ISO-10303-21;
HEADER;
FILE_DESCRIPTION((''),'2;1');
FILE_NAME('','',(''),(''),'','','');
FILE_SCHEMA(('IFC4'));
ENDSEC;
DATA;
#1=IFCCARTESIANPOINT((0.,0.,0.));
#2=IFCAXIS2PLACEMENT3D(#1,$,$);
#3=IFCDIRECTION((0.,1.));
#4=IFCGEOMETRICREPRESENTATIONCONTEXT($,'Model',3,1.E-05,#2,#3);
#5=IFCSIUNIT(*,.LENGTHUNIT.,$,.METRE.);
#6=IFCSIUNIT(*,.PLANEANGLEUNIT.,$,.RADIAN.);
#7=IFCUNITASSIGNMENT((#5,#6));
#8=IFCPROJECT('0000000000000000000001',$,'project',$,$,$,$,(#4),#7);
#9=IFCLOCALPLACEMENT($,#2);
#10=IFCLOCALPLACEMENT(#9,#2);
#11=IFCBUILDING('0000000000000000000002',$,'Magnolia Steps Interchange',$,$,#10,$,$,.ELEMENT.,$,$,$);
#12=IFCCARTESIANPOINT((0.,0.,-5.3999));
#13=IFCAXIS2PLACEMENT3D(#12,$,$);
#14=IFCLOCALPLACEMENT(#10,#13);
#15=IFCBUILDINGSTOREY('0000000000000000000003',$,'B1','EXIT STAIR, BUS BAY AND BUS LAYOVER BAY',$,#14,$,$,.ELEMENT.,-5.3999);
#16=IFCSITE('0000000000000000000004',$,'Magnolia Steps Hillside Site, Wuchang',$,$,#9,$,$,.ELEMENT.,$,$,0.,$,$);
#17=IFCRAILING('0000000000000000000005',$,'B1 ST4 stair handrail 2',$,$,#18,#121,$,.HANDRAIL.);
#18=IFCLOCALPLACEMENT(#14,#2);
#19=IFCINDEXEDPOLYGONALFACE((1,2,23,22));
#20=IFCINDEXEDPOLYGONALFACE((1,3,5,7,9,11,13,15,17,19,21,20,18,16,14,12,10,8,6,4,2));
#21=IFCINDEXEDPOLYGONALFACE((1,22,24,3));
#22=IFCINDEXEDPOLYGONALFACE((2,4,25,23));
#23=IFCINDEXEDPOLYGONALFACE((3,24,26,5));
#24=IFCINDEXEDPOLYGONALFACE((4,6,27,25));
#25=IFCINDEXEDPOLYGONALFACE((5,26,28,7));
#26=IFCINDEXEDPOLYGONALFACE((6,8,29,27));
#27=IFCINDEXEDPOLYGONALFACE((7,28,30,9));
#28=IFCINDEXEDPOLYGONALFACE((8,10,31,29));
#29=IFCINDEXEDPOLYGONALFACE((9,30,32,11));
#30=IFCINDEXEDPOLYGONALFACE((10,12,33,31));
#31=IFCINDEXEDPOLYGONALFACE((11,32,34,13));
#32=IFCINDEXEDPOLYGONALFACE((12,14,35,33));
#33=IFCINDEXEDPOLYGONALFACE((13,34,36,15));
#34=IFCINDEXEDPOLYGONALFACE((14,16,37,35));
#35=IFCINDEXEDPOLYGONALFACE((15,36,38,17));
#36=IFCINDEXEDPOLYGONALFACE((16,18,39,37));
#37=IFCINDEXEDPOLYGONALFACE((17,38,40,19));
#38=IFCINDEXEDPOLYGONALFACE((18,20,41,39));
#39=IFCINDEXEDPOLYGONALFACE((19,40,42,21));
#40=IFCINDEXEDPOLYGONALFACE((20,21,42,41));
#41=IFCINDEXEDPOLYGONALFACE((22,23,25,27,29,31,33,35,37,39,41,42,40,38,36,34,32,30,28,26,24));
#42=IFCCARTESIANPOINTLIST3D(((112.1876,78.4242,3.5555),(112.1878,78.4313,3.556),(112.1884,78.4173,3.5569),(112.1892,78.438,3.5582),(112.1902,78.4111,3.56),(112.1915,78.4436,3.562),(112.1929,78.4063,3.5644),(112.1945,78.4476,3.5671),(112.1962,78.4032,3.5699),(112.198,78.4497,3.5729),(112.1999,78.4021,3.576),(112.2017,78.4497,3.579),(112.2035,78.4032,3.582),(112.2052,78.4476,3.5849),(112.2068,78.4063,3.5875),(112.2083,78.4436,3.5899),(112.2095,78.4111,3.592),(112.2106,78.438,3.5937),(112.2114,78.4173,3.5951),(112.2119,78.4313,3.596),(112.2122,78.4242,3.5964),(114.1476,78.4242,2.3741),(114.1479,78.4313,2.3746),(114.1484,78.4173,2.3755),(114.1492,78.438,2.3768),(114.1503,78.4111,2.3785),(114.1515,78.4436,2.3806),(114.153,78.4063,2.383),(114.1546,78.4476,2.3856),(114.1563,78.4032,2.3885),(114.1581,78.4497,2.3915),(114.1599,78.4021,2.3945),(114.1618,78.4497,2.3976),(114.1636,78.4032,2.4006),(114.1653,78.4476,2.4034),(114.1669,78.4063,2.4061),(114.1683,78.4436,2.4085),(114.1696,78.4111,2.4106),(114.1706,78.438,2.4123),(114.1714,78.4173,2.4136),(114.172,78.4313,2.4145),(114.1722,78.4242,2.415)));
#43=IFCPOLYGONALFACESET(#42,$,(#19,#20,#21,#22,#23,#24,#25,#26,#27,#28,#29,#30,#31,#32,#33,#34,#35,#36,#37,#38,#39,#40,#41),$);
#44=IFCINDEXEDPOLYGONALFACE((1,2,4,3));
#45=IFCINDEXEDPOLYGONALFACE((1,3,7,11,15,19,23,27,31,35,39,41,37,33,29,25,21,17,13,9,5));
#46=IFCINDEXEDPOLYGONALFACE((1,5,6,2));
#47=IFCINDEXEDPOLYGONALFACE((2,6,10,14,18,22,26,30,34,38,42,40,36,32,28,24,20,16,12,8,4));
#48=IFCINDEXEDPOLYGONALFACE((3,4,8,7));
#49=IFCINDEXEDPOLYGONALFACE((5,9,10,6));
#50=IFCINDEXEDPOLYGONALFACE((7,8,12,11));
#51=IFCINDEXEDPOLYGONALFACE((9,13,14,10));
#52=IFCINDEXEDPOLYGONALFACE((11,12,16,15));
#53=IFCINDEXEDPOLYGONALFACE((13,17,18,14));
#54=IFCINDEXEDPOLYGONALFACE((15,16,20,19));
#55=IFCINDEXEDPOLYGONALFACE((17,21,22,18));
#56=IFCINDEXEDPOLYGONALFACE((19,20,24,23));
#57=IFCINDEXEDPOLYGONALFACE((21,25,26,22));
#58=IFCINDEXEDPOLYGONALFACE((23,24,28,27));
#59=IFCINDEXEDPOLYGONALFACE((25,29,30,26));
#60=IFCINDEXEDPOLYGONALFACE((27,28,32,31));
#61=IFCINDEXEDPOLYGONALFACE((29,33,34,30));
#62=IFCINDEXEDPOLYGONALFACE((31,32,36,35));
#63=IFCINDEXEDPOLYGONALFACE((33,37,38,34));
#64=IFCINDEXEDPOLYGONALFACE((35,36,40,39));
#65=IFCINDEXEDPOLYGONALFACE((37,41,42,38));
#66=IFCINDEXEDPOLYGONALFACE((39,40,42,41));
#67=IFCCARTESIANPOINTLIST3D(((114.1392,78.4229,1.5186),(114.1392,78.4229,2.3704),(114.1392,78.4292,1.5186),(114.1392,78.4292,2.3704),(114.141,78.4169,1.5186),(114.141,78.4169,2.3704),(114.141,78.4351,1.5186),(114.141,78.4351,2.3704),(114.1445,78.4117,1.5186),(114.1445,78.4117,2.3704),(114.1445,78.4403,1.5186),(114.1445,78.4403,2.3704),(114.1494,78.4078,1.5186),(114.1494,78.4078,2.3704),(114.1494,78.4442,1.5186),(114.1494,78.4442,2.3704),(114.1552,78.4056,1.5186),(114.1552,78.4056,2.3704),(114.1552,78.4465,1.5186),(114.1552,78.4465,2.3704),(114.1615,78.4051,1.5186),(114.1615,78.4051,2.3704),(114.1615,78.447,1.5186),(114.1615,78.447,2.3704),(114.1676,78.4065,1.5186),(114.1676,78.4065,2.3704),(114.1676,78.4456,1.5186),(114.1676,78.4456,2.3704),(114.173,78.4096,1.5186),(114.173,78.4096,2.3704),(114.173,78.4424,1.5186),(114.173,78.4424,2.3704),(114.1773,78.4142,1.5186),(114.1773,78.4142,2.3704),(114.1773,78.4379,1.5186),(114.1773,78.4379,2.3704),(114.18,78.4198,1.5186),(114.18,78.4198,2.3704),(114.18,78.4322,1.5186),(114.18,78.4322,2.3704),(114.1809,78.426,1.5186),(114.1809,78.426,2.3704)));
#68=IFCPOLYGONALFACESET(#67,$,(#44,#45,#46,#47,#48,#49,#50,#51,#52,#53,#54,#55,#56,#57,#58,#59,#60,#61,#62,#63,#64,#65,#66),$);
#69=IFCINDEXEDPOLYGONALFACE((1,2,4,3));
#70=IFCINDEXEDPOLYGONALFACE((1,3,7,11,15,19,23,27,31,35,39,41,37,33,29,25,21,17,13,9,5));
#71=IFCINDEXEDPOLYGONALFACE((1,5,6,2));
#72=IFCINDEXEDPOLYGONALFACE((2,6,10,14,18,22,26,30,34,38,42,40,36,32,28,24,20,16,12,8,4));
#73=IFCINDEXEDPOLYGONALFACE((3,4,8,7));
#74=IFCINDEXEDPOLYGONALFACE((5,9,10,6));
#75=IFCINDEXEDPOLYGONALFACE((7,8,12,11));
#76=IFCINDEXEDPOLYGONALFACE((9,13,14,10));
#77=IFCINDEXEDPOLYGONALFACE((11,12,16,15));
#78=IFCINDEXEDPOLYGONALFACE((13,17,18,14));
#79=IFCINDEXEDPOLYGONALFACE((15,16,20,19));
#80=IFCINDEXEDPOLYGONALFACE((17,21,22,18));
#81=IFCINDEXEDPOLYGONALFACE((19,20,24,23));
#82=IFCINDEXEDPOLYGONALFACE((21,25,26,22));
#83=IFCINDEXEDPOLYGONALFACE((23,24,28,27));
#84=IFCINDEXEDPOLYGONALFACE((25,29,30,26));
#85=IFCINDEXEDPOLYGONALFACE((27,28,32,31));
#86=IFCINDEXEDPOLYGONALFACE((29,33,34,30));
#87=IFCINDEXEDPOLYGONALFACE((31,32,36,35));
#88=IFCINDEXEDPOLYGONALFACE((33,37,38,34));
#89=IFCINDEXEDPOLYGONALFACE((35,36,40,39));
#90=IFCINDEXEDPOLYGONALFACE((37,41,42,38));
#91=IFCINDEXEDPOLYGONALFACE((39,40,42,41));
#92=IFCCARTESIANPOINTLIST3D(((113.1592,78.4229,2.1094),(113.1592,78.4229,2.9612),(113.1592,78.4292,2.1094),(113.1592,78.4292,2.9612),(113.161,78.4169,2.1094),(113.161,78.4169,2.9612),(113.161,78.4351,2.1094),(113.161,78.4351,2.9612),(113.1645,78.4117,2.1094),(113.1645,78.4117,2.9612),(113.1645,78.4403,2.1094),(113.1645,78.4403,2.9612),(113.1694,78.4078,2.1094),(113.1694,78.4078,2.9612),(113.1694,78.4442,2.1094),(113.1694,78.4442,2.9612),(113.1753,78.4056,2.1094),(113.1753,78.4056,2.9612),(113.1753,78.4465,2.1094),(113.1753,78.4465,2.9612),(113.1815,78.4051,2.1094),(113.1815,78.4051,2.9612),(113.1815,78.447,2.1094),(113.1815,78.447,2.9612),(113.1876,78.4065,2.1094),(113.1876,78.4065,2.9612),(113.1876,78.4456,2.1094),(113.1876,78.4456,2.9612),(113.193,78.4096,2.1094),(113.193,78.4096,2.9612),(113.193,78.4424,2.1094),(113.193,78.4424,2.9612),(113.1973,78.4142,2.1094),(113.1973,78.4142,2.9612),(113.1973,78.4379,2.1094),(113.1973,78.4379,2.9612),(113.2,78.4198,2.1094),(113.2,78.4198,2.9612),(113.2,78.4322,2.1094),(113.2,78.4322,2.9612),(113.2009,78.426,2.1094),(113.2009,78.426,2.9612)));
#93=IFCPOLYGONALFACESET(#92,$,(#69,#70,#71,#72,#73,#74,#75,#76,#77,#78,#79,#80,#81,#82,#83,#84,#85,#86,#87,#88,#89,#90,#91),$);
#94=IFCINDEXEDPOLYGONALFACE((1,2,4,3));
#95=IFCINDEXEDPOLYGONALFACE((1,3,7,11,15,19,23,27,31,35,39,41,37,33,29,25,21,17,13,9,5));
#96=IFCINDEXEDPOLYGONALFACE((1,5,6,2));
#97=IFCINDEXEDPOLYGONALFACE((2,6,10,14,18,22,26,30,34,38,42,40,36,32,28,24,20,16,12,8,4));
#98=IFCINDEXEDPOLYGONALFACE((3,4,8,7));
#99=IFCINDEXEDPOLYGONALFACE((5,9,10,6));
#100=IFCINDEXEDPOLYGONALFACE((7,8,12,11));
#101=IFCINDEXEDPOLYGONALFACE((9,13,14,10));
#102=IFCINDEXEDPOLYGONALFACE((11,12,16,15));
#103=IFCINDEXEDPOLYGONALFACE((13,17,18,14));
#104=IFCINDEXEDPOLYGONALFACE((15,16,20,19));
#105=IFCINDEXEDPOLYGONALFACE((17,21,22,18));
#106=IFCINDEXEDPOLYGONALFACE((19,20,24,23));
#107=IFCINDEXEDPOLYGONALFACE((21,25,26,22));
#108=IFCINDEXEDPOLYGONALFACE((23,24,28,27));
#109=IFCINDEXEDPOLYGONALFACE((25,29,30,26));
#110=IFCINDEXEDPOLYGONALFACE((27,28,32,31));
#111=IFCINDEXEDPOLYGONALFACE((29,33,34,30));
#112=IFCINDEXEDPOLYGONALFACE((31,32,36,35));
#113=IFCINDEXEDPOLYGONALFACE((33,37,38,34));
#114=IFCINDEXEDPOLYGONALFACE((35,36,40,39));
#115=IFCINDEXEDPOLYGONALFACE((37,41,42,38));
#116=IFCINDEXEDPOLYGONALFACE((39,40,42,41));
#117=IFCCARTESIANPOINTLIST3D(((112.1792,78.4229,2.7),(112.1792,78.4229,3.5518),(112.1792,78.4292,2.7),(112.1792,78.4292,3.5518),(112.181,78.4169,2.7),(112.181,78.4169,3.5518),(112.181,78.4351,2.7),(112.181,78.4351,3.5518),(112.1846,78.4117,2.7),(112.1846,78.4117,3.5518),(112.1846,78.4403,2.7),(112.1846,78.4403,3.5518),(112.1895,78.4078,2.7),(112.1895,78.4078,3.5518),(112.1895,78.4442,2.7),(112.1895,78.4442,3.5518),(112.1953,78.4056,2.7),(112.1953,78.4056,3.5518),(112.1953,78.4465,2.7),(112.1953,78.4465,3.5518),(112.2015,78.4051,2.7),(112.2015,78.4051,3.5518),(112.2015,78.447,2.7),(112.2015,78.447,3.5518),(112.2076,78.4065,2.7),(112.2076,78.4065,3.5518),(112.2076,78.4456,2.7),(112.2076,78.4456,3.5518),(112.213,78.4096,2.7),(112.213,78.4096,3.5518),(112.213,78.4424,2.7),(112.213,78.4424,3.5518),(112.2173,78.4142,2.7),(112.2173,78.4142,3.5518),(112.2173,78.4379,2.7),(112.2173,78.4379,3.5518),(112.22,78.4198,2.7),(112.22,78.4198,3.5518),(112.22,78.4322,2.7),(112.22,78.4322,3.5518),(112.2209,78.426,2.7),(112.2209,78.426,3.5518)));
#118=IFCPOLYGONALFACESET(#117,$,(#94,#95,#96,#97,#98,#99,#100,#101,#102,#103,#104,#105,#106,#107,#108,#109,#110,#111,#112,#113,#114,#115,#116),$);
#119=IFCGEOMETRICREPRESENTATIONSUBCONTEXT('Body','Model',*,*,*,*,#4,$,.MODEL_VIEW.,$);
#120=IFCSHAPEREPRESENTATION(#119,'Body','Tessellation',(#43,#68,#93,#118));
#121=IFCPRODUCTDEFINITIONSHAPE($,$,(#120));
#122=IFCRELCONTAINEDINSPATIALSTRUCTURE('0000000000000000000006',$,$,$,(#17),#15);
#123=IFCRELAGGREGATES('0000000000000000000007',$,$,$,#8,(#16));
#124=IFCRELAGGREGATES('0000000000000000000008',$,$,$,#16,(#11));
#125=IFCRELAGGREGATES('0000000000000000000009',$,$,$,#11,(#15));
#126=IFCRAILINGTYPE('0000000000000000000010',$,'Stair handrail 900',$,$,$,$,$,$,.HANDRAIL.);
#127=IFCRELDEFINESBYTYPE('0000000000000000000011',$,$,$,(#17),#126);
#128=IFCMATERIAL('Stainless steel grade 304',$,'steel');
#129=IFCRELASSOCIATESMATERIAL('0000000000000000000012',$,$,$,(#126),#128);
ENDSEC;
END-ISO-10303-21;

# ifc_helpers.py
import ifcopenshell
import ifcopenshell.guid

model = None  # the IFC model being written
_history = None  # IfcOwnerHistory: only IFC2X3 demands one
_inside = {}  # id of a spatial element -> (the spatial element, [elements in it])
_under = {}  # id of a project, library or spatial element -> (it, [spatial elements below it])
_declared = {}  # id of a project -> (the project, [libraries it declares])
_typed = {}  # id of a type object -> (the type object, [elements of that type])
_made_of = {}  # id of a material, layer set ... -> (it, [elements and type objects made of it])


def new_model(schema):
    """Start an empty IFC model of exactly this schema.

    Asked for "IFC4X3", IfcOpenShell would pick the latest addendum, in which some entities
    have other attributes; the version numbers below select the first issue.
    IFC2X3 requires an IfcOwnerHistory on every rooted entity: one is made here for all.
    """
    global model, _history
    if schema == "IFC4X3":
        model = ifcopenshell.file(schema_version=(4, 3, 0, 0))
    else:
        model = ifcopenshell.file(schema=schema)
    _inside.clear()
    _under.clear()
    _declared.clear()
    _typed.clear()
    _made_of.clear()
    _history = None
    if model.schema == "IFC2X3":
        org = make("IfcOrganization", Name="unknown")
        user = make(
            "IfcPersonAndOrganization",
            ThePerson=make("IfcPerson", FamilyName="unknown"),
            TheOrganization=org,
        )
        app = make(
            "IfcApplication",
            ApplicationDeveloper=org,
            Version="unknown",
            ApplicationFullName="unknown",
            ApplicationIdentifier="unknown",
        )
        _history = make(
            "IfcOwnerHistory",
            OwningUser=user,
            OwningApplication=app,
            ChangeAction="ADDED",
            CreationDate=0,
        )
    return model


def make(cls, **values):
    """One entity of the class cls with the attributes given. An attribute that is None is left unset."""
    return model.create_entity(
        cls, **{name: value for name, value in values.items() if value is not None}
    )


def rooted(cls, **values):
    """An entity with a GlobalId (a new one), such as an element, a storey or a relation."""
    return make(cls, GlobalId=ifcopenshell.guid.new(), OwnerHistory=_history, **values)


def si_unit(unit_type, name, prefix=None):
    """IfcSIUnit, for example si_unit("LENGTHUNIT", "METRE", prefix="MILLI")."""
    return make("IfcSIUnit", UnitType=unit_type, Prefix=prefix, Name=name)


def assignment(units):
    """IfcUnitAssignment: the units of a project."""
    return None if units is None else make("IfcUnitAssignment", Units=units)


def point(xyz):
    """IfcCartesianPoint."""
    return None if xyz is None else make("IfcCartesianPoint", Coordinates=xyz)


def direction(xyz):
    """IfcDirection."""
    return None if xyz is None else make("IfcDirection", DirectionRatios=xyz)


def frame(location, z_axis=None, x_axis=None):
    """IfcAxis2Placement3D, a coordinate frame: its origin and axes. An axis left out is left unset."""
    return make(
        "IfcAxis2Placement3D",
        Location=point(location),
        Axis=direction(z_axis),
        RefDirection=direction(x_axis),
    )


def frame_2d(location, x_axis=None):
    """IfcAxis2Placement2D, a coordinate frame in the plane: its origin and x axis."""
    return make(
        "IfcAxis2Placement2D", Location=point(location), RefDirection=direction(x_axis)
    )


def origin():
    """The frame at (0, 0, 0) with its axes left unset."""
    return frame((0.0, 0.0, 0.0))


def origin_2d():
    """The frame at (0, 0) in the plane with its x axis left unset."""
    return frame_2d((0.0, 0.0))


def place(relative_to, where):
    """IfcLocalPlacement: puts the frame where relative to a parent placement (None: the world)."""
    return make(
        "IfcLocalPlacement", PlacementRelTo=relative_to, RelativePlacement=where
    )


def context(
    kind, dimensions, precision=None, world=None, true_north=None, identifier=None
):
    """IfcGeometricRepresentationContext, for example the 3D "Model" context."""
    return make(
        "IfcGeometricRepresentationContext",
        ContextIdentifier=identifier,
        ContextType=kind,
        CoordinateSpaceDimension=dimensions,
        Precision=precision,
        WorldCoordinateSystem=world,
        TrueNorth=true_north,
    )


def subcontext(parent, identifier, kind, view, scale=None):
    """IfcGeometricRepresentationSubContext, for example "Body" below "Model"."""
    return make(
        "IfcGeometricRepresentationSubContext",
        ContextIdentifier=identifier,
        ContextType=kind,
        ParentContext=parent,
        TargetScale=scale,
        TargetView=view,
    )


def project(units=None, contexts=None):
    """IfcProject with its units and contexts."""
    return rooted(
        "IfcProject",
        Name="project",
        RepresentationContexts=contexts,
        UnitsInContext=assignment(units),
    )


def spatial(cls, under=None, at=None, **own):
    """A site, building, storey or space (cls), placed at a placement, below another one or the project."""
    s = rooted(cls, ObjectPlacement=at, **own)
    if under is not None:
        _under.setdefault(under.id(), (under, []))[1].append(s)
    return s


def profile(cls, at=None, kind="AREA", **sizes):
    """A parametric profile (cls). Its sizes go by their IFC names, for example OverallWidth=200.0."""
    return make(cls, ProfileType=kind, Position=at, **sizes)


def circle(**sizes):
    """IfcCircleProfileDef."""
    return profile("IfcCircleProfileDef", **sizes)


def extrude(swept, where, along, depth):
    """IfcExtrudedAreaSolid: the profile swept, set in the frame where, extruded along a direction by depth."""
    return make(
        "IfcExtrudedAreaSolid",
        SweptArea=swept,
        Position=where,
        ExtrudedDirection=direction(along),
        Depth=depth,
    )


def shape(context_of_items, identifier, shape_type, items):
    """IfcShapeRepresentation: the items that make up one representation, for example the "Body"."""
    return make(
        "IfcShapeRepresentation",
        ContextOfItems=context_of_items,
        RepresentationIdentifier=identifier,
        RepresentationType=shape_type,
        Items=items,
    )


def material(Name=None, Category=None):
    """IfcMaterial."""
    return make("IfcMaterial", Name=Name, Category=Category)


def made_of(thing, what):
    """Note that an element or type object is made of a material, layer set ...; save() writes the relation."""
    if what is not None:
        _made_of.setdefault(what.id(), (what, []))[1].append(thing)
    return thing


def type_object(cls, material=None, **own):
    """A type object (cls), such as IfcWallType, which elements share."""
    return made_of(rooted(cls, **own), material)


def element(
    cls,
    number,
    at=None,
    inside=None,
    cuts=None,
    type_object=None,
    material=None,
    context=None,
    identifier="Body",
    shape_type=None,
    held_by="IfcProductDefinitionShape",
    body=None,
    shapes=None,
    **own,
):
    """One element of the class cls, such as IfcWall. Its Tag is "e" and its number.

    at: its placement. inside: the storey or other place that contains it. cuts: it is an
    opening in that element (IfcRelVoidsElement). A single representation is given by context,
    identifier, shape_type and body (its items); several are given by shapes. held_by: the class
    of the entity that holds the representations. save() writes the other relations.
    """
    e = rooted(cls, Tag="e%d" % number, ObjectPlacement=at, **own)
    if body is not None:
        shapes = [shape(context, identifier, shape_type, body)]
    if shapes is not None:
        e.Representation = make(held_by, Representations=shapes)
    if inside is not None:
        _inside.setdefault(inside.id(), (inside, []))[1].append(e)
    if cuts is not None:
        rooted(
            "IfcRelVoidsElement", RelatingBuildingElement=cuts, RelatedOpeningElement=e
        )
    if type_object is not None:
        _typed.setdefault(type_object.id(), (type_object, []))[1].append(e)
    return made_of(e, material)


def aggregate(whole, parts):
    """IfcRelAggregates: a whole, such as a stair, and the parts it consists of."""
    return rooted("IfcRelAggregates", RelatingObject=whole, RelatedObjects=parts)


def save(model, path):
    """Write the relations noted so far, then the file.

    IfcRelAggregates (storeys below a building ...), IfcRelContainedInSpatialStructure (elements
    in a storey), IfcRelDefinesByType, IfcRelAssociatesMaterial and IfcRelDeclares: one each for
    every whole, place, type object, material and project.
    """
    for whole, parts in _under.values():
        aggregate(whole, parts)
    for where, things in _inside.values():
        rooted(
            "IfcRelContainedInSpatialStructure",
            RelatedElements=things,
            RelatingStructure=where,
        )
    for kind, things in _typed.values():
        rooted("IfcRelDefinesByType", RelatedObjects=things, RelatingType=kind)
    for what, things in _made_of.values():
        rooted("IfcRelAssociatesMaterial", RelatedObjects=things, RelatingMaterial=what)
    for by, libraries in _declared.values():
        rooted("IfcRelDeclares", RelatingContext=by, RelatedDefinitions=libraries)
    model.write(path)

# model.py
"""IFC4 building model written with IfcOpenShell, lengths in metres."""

from ifc_helpers import new_model, si_unit, direction, frame, origin, origin_2d, place, context, subcontext, project, spatial, circle, extrude, material, type_object, element, save


model = new_model("IFC4")

# Units and contexts
model_context = context("Model", 3, precision=1e-05, world=origin(), true_north=direction((0.0, 1.0)))
body_context = subcontext(model_context, "Body", "Model", "MODEL_VIEW")
ifc_project = project(units=[si_unit("LENGTHUNIT", "METRE"), si_unit("PLANEANGLEUNIT", "RADIAN")], contexts=[model_context])

# Site, building, storey
site_placement = place(None, origin())
site = spatial("IfcSite", under=ifc_project, at=site_placement, Name="Magnolia Steps Hillside Site, Wuchang", CompositionType="ELEMENT", RefElevation=0.0)
building_placement = place(site_placement, origin())
building = spatial("IfcBuilding", under=site, at=building_placement, Name="Magnolia Steps Interchange", CompositionType="ELEMENT")
storey_placement = place(building_placement, frame((0.0, 0.0, -5.3999)))
storey = spatial("IfcBuildingStorey", under=building, at=storey_placement, Name="B1", Description="EXIT STAIR, BUS BAY AND BUS LAYOVER BAY", CompositionType="ELEMENT", Elevation=-5.3999)

# Railing
ifc_material_1 = material(Name="Stainless steel grade 304", Category="steel")
railing_type_1 = type_object("IfcRailingType", Name="Stair handrail 900", PredefinedType="HANDRAIL", material=ifc_material_1)
railing_1_placement = place(storey_placement, frame((114.1599, 78.426, 1.5186)))
element("IfcRailing", 1, at=railing_1_placement, inside=storey, type_object=railing_type_1, Name="B1 ST4 stair handrail 2", PredefinedType="HANDRAIL", context=body_context, shape_type="SweptSolid", body=[
    extrude(circle(Radius=0.0239, at=origin_2d()), frame((0.0, 0.0, 0.876), z_axis=(-0.856446, 0.0, 0.516236), x_axis=(0.0, -1.0, 0.0)), (0.0, 0.0, 1.0), 2.2886),
    extrude(circle(Radius=0.021, at=origin_2d()), origin(), (0.0, 0.0, 1.0), 0.8518),
    extrude(circle(Radius=0.021, at=origin_2d()), frame((-0.98, 0.0, 0.5908)), (0.0, 0.0, 1.0), 0.8518),
    extrude(circle(Radius=0.021, at=origin_2d()), frame((-1.96, 0.0, 1.1814)), (0.0, 0.0, 1.0), 0.8518),
])

save(model, "model.ifc")
